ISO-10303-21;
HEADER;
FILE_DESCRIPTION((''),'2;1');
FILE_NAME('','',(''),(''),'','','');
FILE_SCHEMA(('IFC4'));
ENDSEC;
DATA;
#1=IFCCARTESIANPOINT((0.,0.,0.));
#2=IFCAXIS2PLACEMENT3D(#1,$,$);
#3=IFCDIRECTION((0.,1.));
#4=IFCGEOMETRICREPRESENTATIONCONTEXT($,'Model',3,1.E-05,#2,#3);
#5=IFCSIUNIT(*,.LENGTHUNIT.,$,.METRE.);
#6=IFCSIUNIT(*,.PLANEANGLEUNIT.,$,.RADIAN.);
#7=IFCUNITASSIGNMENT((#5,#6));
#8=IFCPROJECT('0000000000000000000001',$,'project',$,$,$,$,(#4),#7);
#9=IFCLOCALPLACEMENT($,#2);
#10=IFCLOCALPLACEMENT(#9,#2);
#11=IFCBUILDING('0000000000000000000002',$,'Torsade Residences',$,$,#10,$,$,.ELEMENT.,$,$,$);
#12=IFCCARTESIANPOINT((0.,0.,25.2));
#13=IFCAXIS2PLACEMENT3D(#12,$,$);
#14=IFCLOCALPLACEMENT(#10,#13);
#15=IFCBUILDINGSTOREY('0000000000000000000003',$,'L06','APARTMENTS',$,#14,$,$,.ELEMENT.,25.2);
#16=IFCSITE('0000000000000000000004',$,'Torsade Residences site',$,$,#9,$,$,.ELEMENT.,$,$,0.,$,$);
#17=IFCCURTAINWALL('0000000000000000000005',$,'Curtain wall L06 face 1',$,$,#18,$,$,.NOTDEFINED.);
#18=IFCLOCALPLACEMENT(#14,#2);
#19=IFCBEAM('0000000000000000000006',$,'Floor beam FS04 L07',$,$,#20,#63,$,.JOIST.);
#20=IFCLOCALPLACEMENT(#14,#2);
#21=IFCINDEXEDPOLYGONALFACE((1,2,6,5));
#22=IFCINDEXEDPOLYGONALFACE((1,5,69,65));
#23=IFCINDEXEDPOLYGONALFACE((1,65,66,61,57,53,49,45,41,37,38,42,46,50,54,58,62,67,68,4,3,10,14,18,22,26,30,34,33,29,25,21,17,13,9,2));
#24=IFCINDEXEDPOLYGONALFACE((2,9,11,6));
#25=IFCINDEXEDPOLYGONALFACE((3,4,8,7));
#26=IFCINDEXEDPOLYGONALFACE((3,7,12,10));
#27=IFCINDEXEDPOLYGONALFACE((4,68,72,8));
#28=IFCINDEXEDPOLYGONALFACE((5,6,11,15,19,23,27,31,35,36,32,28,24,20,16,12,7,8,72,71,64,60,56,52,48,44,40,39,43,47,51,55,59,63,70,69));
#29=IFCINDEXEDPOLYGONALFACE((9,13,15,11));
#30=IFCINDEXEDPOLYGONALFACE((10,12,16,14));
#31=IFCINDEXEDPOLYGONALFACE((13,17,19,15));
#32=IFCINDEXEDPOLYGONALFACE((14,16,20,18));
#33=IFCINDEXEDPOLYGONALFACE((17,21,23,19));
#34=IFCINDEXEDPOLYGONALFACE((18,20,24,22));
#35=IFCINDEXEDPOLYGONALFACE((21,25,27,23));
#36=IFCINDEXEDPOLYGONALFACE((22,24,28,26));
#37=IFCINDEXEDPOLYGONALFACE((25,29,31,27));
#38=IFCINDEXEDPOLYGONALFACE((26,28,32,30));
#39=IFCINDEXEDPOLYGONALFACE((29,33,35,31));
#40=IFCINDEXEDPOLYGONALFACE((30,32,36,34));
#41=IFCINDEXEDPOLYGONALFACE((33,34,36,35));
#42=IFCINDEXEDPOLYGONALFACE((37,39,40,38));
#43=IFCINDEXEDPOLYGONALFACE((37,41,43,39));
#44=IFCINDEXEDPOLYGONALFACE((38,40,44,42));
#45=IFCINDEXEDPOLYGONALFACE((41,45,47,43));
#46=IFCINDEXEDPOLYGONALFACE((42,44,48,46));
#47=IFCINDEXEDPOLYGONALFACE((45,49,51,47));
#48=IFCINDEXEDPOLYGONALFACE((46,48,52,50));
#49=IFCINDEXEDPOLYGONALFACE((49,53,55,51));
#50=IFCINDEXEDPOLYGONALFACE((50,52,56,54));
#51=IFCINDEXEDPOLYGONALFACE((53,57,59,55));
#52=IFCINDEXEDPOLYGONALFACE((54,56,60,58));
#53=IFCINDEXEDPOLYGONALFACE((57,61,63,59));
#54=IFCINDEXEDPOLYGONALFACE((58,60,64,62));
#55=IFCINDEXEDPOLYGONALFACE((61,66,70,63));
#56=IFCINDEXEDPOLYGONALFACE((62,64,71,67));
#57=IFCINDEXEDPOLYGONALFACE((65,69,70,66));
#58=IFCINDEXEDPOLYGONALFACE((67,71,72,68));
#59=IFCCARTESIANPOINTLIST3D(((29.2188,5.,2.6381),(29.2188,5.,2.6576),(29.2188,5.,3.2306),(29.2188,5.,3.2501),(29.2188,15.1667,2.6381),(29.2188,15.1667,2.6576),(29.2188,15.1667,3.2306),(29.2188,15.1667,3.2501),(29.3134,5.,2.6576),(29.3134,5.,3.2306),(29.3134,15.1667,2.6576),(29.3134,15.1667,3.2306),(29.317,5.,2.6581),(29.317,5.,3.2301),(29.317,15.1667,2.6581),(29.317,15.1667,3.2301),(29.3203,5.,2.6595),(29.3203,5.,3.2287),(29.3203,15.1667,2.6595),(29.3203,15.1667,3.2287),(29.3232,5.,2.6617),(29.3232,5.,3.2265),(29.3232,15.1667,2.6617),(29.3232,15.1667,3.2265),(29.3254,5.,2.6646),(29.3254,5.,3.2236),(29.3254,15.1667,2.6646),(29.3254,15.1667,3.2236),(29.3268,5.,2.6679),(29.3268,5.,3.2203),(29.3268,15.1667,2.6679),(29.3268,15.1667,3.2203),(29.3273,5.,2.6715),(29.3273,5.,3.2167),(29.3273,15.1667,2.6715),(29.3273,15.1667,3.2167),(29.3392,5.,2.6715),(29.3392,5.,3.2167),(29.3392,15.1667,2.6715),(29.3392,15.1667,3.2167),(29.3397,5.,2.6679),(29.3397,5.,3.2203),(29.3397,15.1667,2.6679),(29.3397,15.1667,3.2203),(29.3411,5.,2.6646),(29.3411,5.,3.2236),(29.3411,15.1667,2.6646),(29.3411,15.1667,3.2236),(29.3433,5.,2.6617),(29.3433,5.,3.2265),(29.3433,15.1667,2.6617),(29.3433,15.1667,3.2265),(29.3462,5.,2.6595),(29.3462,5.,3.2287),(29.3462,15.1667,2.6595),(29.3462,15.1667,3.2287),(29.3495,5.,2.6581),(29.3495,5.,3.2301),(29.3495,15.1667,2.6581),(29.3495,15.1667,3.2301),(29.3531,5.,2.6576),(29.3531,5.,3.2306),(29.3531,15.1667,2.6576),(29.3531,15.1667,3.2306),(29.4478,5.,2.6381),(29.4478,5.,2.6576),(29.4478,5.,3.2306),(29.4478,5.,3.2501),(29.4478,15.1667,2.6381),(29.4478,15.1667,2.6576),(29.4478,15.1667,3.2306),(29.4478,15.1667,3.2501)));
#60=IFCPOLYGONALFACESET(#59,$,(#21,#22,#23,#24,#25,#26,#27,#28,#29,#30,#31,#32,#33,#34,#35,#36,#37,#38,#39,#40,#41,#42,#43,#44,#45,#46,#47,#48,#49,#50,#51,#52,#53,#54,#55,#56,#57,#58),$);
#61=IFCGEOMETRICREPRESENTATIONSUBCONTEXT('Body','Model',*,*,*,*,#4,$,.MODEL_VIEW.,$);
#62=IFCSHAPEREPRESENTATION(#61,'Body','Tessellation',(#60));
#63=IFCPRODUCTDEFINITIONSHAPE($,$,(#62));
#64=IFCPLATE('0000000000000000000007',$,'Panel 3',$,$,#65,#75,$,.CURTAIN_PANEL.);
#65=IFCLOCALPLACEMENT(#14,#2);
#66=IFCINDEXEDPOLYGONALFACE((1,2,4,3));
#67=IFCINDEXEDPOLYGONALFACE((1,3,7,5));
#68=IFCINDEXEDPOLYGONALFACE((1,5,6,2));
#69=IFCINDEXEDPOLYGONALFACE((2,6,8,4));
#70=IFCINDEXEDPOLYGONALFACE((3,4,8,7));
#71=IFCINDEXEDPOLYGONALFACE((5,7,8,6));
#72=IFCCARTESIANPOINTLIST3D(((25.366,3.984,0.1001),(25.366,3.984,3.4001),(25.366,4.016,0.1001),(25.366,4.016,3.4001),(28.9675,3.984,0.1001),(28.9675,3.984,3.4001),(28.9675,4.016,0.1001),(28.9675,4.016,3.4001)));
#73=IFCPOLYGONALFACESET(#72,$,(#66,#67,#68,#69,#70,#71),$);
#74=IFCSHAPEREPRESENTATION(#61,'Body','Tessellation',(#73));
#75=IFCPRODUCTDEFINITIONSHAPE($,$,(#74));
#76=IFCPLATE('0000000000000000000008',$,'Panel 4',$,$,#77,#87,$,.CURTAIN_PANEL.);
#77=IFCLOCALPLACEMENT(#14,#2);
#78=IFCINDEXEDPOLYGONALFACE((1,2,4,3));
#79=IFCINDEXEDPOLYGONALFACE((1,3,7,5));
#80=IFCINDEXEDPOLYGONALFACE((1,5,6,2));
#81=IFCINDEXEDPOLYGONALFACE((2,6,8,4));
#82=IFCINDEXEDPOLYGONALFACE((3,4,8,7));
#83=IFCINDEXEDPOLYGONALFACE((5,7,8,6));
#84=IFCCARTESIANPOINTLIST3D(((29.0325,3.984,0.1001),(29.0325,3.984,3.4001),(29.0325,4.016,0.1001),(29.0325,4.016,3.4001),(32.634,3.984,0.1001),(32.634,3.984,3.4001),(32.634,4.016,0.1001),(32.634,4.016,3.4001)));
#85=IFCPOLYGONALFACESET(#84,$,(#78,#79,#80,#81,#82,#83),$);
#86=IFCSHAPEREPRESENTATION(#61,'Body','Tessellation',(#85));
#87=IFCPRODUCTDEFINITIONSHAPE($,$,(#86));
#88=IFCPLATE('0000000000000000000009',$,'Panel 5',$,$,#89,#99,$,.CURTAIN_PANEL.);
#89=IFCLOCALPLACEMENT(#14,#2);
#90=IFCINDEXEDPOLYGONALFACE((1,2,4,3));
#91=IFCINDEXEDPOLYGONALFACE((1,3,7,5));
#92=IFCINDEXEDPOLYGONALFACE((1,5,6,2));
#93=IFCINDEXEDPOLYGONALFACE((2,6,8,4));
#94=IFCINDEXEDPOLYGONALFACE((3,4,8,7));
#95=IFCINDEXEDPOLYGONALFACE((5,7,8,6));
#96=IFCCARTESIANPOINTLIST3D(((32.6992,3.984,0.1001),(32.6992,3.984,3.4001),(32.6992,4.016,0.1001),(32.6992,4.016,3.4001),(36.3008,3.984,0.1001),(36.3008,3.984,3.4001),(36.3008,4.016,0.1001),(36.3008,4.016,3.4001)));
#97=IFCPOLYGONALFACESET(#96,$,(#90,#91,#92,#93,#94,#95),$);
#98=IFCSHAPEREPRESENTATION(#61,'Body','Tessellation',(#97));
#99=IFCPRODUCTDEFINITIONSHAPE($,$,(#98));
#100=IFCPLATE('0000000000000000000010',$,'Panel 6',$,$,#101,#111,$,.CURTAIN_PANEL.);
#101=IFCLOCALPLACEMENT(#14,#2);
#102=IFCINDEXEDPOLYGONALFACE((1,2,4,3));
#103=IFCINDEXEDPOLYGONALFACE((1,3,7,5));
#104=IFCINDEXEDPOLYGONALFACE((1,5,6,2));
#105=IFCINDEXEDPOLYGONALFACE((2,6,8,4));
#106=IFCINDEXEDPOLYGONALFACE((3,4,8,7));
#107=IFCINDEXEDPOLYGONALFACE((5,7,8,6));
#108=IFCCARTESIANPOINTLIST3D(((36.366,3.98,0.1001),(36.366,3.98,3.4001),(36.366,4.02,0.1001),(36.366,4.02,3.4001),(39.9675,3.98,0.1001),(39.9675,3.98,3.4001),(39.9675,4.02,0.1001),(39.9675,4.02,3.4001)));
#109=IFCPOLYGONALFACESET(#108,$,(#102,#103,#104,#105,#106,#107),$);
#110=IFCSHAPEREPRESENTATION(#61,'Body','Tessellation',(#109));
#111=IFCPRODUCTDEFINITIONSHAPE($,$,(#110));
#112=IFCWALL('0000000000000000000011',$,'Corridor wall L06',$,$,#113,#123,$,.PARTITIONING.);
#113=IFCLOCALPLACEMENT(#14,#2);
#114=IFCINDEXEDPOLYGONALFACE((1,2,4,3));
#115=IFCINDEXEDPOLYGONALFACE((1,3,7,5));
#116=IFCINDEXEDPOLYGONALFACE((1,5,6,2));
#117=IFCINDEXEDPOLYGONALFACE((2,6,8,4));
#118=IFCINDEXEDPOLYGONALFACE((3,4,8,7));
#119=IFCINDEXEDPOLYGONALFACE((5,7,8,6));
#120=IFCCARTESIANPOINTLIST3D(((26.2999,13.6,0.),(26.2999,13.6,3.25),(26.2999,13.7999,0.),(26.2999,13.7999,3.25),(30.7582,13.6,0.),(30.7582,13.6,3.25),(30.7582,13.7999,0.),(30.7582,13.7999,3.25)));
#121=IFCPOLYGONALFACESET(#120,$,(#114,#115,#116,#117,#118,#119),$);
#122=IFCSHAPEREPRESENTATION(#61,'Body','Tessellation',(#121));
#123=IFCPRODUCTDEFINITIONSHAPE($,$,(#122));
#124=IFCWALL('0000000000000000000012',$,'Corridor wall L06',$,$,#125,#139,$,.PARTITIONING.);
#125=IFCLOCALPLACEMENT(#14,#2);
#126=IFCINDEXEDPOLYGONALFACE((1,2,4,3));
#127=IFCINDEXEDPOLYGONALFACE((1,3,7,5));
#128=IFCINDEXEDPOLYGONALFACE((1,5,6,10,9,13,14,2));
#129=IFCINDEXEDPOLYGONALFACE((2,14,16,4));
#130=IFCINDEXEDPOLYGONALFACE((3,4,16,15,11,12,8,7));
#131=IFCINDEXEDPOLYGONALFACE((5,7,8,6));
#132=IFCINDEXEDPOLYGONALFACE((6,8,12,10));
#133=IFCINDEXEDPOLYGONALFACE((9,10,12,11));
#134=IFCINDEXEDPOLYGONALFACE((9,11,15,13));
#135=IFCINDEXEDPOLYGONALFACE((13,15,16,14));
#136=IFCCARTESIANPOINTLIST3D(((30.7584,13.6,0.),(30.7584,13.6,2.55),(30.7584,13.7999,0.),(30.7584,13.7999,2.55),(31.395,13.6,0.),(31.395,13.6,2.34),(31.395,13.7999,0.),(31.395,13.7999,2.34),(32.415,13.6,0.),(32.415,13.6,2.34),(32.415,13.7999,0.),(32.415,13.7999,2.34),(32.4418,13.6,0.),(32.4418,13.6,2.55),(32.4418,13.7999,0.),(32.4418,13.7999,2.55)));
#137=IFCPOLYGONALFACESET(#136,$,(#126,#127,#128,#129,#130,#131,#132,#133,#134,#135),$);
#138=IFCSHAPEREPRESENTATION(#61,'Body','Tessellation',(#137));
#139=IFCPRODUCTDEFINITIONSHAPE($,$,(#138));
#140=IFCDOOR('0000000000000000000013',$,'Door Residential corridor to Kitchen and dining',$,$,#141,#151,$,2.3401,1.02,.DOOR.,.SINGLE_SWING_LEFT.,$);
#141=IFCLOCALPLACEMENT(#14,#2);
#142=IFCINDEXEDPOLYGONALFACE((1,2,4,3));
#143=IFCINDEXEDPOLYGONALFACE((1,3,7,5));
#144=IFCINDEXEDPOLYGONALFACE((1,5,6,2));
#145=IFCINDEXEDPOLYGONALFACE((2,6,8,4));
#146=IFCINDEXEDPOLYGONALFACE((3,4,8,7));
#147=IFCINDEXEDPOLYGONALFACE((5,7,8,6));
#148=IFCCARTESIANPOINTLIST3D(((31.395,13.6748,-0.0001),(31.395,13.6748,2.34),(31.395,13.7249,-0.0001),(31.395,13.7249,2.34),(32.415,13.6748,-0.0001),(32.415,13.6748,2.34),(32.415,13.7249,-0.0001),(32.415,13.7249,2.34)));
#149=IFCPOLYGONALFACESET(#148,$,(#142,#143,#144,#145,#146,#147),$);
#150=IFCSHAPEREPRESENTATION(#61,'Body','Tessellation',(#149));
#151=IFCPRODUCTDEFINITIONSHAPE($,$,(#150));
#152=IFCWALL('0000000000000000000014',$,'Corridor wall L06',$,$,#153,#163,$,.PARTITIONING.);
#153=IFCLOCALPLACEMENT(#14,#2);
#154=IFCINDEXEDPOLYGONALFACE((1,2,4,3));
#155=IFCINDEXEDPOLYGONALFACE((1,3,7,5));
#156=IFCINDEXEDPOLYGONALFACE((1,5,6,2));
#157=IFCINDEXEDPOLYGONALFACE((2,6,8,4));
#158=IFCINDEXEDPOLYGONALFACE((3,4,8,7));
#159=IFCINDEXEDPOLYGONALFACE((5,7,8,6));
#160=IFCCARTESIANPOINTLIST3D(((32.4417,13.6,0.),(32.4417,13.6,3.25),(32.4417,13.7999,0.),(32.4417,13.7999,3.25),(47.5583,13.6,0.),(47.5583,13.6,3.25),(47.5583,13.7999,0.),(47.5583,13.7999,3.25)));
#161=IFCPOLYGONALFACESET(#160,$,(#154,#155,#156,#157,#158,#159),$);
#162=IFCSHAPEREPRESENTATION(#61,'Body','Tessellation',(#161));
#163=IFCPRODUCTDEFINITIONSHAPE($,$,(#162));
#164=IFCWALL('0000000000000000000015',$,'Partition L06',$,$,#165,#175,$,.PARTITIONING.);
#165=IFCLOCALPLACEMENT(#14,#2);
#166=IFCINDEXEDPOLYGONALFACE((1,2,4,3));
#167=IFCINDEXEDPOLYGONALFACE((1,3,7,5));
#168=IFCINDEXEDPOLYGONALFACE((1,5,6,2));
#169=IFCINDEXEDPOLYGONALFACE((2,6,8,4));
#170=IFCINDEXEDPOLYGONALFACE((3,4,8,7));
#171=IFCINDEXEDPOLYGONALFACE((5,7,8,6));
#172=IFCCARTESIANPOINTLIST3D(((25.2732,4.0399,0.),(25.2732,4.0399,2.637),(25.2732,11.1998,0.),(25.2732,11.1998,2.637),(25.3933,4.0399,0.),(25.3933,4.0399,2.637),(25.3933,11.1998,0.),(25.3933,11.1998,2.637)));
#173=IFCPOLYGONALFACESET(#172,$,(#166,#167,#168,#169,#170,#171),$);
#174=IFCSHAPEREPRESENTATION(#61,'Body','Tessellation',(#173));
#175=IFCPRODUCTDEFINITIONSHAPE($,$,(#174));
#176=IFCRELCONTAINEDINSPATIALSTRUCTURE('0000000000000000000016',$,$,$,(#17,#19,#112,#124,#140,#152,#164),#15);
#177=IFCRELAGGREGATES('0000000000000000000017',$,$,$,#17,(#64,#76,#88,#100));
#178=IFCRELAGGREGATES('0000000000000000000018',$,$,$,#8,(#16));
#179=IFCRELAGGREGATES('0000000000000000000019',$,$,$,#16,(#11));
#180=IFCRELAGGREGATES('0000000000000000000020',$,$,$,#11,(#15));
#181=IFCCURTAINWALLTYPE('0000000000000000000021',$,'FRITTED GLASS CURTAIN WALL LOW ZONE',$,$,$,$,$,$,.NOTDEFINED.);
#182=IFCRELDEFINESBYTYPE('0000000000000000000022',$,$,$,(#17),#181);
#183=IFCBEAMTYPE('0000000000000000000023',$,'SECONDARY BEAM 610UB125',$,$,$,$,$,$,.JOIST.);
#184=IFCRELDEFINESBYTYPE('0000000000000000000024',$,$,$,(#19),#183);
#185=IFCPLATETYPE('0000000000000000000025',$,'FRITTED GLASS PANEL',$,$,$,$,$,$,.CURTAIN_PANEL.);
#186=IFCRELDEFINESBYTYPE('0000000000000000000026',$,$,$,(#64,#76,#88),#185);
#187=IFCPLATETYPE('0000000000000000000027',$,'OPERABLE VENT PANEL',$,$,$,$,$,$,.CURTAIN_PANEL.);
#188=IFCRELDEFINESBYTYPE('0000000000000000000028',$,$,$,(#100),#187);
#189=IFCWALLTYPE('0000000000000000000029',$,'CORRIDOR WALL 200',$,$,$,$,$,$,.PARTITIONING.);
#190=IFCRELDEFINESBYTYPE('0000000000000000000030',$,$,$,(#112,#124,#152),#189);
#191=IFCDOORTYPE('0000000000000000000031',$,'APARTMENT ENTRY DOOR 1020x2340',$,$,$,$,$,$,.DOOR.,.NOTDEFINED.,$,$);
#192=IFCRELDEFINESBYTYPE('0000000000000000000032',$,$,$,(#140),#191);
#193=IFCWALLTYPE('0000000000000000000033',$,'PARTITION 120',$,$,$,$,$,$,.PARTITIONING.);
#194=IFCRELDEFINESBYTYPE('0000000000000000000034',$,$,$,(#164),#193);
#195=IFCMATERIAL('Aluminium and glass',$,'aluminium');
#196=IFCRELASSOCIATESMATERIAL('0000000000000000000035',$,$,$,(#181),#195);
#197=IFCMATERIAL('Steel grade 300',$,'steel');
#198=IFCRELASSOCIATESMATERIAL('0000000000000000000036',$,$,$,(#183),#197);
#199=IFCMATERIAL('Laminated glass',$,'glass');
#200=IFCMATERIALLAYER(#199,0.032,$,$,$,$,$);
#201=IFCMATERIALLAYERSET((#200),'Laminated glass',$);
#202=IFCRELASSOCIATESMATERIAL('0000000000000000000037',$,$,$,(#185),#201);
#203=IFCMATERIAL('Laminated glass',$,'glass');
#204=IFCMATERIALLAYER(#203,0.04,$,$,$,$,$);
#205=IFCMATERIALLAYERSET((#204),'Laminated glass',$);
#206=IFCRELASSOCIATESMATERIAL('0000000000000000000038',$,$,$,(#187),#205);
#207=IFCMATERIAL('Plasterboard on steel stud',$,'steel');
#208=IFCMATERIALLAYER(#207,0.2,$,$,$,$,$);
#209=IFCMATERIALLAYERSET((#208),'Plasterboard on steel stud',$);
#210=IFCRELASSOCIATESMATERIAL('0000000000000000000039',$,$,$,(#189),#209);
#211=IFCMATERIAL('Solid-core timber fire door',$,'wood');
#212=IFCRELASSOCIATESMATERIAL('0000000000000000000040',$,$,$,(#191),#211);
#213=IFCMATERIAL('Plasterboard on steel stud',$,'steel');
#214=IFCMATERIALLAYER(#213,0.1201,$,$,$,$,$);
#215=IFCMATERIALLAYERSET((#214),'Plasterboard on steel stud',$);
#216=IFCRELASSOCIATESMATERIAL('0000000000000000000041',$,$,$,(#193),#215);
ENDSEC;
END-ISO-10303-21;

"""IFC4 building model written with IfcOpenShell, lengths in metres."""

from ifc_helpers import new_model, si_unit, direction, frame, frame_2d, origin, origin_2d, place, context, subcontext, project, spatial, rectangle, i_section, extrude, material, layer, layer_set, material_profile, profile_set, type_object, element, fill, aggregate, save


model = new_model("IFC4")

# Units and contexts
model_context = context("Model", 3, precision=1e-05, world=origin(), true_north=direction((0.0, 1.0)))
body_context = subcontext(model_context, "Body", "Model", "MODEL_VIEW")
ifc_project = project(units=[si_unit("LENGTHUNIT", "METRE"), si_unit("PLANEANGLEUNIT", "RADIAN")], contexts=[model_context])

# Site, building, storey
site_placement = place(None, origin())
site = spatial("IfcSite", under=ifc_project, at=site_placement, Name="Torsade Residences site", CompositionType="ELEMENT", RefElevation=0.0)
building_placement = place(site_placement, origin())
building = spatial("IfcBuilding", under=site, at=building_placement, Name="Torsade Residences", CompositionType="ELEMENT")
storey_placement = place(building_placement, frame((0.0, 0.0, 25.2)))
storey = spatial("IfcBuildingStorey", under=building, at=storey_placement, Name="L06", Description="APARTMENTS", CompositionType="ELEMENT", Elevation=25.2)

# Curtain wall
ifc_material_1 = material(Name="Aluminium and glass", Category="aluminium")
curtain_wall_type = type_object("IfcCurtainWallType", Name="FRITTED GLASS CURTAIN WALL LOW ZONE", PredefinedType="NOTDEFINED", material=ifc_material_1)
curtain_wall_placement = place(storey_placement, origin())
curtain_wall = element("IfcCurtainWall", 1, at=curtain_wall_placement, inside=storey, type_object=curtain_wall_type, Name="Curtain wall L06 face 1", PredefinedType="NOTDEFINED")

# Beam
ifc_material_2 = material(Name="Steel grade 300", Category="steel")
ifc_material_profile_1 = material_profile(ifc_material_2, i_section(OverallWidth=0.229, OverallDepth=0.6121, WebThickness=0.012, FlangeThickness=0.0195, FilletRadius=0.0139, at=origin_2d()), Name="610UB125")
ifc_profile_set_1 = profile_set([ifc_material_profile_1], Name="Steel grade 300")
beam_type_1 = type_object("IfcBeamType", Name="SECONDARY BEAM 610UB125", PredefinedType="JOIST", material=ifc_profile_set_1)
beam_1_placement = place(storey_placement, frame((29.3333, 5.0, 2.9441), z_axis=(0.0, 1.0, 0.0), x_axis=(-1.0, 0.0, 0.0)))
element("IfcBeam", 2, at=beam_1_placement, inside=storey, type_object=beam_type_1, Name="Floor beam FS04 L07", PredefinedType="JOIST", context=body_context, shape_type="SweptSolid", body=[
    extrude(i_section(OverallWidth=0.229, OverallDepth=0.6121, WebThickness=0.012, FlangeThickness=0.0195, FilletRadius=0.0139, at=origin_2d()), origin(), (0.0, 0.0, 1.0), 10.1667),
])

# Plates
ifc_material_3 = material(Name="Laminated glass", Category="glass")
ifc_layer_1 = layer(ifc_material_3, 0.032)
ifc_layer_set_1 = layer_set([ifc_layer_1], Name="Laminated glass")
plate_type_1 = type_object("IfcPlateType", Name="FRITTED GLASS PANEL", PredefinedType="CURTAIN_PANEL", material=ifc_layer_set_1)
plate_1_placement = place(storey_placement, frame((27.1667, 4.0, 0.1001), z_axis=(0.0, 0.0, 1.0), x_axis=(1.0, 0.0, 0.0)))
plate_1 = element("IfcPlate", 3, at=plate_1_placement, type_object=plate_type_1, Name="Panel 3", PredefinedType="CURTAIN_PANEL", context=body_context, shape_type="SweptSolid", body=[
    extrude(rectangle(XDim=3.6016, YDim=0.032, at=origin_2d()), origin(), (0.0, 0.0, 1.0), 3.3),
])
plate_2_placement = place(storey_placement, frame((30.8333, 4.0, 0.1001), z_axis=(0.0, 0.0, 1.0), x_axis=(1.0, 0.0, 0.0)))
plate_2 = element("IfcPlate", 4, at=plate_2_placement, type_object=plate_type_1, Name="Panel 4", PredefinedType="CURTAIN_PANEL", context=body_context, shape_type="SweptSolid", body=[
    extrude(rectangle(XDim=3.6016, YDim=0.032, at=origin_2d()), origin(), (0.0, 0.0, 1.0), 3.3),
])
plate_3_placement = place(storey_placement, frame((34.5, 4.0, 0.1001), z_axis=(0.0, 0.0, 1.0), x_axis=(1.0, 0.0, 0.0)))
plate_3 = element("IfcPlate", 5, at=plate_3_placement, type_object=plate_type_1, Name="Panel 5", PredefinedType="CURTAIN_PANEL", context=body_context, shape_type="SweptSolid", body=[
    extrude(rectangle(XDim=3.6016, YDim=0.032, at=origin_2d()), origin(), (0.0, 0.0, 1.0), 3.3),
])
ifc_material_4 = material(Name="Laminated glass", Category="glass")
ifc_layer_2 = layer(ifc_material_4, 0.04)
ifc_layer_set_2 = layer_set([ifc_layer_2], Name="Laminated glass")
plate_type_2 = type_object("IfcPlateType", Name="OPERABLE VENT PANEL", PredefinedType="CURTAIN_PANEL", material=ifc_layer_set_2)
plate_4_placement = place(storey_placement, frame((38.1667, 4.0, 0.1001), z_axis=(0.0, 0.0, 1.0), x_axis=(1.0, 0.0, 0.0)))
plate_4 = element("IfcPlate", 6, at=plate_4_placement, type_object=plate_type_2, Name="Panel 6", PredefinedType="CURTAIN_PANEL", context=body_context, shape_type="SweptSolid", body=[
    extrude(rectangle(XDim=3.6016, YDim=0.04, at=origin_2d()), origin(), (0.0, 0.0, 1.0), 3.3),
])
aggregate(curtain_wall, [plate_1, plate_2, plate_3, plate_4])

# Wall
ifc_material_5 = material(Name="Plasterboard on steel stud", Category="steel")
ifc_layer_3 = layer(ifc_material_5, 0.2)
ifc_layer_set_3 = layer_set([ifc_layer_3], Name="Plasterboard on steel stud")
wall_type_1 = type_object("IfcWallType", Name="CORRIDOR WALL 200", PredefinedType="PARTITIONING", material=ifc_layer_set_3)
wall_1_placement = place(storey_placement, frame((26.3, 13.7, 0.0), z_axis=(0.0, 0.0, 1.0), x_axis=(1.0, 0.0, 0.0)))
element("IfcWall", 7, at=wall_1_placement, inside=storey, type_object=wall_type_1, Name="Corridor wall L06", PredefinedType="PARTITIONING", context=body_context, shape_type="SweptSolid", body=[
    extrude(rectangle(XDim=4.4583, YDim=0.2, at=frame_2d((2.229, 0.0))), origin(), (0.0, 0.0, 1.0), 3.25),
])

# Wall, opening, door
wall_2_placement = place(storey_placement, frame((30.7583, 13.7, 0.0), z_axis=(0.0, 0.0, 1.0), x_axis=(1.0, 0.0, 0.0)))
wall_2 = element("IfcWall", 8, at=wall_2_placement, inside=storey, type_object=wall_type_1, Name="Corridor wall L06", PredefinedType="PARTITIONING", context=body_context, shape_type="SweptSolid", body=[
    extrude(rectangle(XDim=1.6833, YDim=0.2, at=frame_2d((0.8418, 0.0))), origin(), (0.0, 0.0, 1.0), 2.55),
])
opening_1_placement = place(wall_2_placement, frame((0.6367, 0.0, 0.0)))
opening_1 = element("IfcOpeningElement", 9, at=opening_1_placement, cuts=wall_2, PredefinedType="OPENING", context=body_context, shape_type="SweptSolid", body=[
    extrude(rectangle(XDim=1.02, YDim=2.3401, at=frame_2d((0.51, 1.1699))), frame((0.0, 0.1099, 0.0), z_axis=(0.0, -1.0, 0.0), x_axis=(1.0, 0.0, 0.0)), (0.0, 0.0, 1.0), 0.22),
])
ifc_material_6 = material(Name="Solid-core timber fire door", Category="wood")
door_type_1 = type_object("IfcDoorType", Name="APARTMENT ENTRY DOOR 1020x2340", OperationType="NOTDEFINED", PredefinedType="DOOR", material=ifc_material_6)
door_1_placement = place(opening_1_placement, origin())
door_1 = element("IfcDoor", 10, at=door_1_placement, inside=storey, type_object=door_type_1, Name="Door Residential corridor to Kitchen and dining", OperationType="SINGLE_SWING_LEFT", OverallHeight=2.3401, OverallWidth=1.02, PredefinedType="DOOR", context=body_context, shape_type="SweptSolid", body=[
    extrude(rectangle(XDim=1.02, YDim=2.3401, at=frame_2d((0.51, 1.1699))), frame((0.0, 0.0249, 0.0), z_axis=(0.0, -1.0, 0.0), x_axis=(1.0, 0.0, 0.0)), (0.0, 0.0, 1.0), 0.05),
])
fill(opening_1, door_1)

# Walls
wall_3_placement = place(storey_placement, frame((32.4417, 13.7, 0.0), z_axis=(0.0, 0.0, 1.0), x_axis=(1.0, 0.0, 0.0)))
element("IfcWall", 11, at=wall_3_placement, inside=storey, type_object=wall_type_1, Name="Corridor wall L06", PredefinedType="PARTITIONING", context=body_context, shape_type="SweptSolid", body=[
    extrude(rectangle(XDim=15.1167, YDim=0.2, at=frame_2d((7.5583, 0.0))), origin(), (0.0, 0.0, 1.0), 3.25),
])
ifc_material_7 = material(Name="Plasterboard on steel stud", Category="steel")
ifc_layer_4 = layer(ifc_material_7, 0.1201)
ifc_layer_set_4 = layer_set([ifc_layer_4], Name="Plasterboard on steel stud")
wall_type_2 = type_object("IfcWallType", Name="PARTITION 120", PredefinedType="PARTITIONING", material=ifc_layer_set_4)
wall_4_placement = place(storey_placement, frame((25.3333, 11.2, 0.0), z_axis=(0.0, 0.0, 1.0), x_axis=(0.0, -1.0, 0.0)))
element("IfcWall", 12, at=wall_4_placement, inside=storey, type_object=wall_type_2, Name="Partition L06", PredefinedType="PARTITIONING", context=body_context, shape_type="SweptSolid", body=[
    extrude(rectangle(XDim=7.1599, YDim=0.1201, at=frame_2d((3.5801, 0.0))), origin(), (0.0, 0.0, 1.0), 2.637),
])

save(model, "model.ifc")
